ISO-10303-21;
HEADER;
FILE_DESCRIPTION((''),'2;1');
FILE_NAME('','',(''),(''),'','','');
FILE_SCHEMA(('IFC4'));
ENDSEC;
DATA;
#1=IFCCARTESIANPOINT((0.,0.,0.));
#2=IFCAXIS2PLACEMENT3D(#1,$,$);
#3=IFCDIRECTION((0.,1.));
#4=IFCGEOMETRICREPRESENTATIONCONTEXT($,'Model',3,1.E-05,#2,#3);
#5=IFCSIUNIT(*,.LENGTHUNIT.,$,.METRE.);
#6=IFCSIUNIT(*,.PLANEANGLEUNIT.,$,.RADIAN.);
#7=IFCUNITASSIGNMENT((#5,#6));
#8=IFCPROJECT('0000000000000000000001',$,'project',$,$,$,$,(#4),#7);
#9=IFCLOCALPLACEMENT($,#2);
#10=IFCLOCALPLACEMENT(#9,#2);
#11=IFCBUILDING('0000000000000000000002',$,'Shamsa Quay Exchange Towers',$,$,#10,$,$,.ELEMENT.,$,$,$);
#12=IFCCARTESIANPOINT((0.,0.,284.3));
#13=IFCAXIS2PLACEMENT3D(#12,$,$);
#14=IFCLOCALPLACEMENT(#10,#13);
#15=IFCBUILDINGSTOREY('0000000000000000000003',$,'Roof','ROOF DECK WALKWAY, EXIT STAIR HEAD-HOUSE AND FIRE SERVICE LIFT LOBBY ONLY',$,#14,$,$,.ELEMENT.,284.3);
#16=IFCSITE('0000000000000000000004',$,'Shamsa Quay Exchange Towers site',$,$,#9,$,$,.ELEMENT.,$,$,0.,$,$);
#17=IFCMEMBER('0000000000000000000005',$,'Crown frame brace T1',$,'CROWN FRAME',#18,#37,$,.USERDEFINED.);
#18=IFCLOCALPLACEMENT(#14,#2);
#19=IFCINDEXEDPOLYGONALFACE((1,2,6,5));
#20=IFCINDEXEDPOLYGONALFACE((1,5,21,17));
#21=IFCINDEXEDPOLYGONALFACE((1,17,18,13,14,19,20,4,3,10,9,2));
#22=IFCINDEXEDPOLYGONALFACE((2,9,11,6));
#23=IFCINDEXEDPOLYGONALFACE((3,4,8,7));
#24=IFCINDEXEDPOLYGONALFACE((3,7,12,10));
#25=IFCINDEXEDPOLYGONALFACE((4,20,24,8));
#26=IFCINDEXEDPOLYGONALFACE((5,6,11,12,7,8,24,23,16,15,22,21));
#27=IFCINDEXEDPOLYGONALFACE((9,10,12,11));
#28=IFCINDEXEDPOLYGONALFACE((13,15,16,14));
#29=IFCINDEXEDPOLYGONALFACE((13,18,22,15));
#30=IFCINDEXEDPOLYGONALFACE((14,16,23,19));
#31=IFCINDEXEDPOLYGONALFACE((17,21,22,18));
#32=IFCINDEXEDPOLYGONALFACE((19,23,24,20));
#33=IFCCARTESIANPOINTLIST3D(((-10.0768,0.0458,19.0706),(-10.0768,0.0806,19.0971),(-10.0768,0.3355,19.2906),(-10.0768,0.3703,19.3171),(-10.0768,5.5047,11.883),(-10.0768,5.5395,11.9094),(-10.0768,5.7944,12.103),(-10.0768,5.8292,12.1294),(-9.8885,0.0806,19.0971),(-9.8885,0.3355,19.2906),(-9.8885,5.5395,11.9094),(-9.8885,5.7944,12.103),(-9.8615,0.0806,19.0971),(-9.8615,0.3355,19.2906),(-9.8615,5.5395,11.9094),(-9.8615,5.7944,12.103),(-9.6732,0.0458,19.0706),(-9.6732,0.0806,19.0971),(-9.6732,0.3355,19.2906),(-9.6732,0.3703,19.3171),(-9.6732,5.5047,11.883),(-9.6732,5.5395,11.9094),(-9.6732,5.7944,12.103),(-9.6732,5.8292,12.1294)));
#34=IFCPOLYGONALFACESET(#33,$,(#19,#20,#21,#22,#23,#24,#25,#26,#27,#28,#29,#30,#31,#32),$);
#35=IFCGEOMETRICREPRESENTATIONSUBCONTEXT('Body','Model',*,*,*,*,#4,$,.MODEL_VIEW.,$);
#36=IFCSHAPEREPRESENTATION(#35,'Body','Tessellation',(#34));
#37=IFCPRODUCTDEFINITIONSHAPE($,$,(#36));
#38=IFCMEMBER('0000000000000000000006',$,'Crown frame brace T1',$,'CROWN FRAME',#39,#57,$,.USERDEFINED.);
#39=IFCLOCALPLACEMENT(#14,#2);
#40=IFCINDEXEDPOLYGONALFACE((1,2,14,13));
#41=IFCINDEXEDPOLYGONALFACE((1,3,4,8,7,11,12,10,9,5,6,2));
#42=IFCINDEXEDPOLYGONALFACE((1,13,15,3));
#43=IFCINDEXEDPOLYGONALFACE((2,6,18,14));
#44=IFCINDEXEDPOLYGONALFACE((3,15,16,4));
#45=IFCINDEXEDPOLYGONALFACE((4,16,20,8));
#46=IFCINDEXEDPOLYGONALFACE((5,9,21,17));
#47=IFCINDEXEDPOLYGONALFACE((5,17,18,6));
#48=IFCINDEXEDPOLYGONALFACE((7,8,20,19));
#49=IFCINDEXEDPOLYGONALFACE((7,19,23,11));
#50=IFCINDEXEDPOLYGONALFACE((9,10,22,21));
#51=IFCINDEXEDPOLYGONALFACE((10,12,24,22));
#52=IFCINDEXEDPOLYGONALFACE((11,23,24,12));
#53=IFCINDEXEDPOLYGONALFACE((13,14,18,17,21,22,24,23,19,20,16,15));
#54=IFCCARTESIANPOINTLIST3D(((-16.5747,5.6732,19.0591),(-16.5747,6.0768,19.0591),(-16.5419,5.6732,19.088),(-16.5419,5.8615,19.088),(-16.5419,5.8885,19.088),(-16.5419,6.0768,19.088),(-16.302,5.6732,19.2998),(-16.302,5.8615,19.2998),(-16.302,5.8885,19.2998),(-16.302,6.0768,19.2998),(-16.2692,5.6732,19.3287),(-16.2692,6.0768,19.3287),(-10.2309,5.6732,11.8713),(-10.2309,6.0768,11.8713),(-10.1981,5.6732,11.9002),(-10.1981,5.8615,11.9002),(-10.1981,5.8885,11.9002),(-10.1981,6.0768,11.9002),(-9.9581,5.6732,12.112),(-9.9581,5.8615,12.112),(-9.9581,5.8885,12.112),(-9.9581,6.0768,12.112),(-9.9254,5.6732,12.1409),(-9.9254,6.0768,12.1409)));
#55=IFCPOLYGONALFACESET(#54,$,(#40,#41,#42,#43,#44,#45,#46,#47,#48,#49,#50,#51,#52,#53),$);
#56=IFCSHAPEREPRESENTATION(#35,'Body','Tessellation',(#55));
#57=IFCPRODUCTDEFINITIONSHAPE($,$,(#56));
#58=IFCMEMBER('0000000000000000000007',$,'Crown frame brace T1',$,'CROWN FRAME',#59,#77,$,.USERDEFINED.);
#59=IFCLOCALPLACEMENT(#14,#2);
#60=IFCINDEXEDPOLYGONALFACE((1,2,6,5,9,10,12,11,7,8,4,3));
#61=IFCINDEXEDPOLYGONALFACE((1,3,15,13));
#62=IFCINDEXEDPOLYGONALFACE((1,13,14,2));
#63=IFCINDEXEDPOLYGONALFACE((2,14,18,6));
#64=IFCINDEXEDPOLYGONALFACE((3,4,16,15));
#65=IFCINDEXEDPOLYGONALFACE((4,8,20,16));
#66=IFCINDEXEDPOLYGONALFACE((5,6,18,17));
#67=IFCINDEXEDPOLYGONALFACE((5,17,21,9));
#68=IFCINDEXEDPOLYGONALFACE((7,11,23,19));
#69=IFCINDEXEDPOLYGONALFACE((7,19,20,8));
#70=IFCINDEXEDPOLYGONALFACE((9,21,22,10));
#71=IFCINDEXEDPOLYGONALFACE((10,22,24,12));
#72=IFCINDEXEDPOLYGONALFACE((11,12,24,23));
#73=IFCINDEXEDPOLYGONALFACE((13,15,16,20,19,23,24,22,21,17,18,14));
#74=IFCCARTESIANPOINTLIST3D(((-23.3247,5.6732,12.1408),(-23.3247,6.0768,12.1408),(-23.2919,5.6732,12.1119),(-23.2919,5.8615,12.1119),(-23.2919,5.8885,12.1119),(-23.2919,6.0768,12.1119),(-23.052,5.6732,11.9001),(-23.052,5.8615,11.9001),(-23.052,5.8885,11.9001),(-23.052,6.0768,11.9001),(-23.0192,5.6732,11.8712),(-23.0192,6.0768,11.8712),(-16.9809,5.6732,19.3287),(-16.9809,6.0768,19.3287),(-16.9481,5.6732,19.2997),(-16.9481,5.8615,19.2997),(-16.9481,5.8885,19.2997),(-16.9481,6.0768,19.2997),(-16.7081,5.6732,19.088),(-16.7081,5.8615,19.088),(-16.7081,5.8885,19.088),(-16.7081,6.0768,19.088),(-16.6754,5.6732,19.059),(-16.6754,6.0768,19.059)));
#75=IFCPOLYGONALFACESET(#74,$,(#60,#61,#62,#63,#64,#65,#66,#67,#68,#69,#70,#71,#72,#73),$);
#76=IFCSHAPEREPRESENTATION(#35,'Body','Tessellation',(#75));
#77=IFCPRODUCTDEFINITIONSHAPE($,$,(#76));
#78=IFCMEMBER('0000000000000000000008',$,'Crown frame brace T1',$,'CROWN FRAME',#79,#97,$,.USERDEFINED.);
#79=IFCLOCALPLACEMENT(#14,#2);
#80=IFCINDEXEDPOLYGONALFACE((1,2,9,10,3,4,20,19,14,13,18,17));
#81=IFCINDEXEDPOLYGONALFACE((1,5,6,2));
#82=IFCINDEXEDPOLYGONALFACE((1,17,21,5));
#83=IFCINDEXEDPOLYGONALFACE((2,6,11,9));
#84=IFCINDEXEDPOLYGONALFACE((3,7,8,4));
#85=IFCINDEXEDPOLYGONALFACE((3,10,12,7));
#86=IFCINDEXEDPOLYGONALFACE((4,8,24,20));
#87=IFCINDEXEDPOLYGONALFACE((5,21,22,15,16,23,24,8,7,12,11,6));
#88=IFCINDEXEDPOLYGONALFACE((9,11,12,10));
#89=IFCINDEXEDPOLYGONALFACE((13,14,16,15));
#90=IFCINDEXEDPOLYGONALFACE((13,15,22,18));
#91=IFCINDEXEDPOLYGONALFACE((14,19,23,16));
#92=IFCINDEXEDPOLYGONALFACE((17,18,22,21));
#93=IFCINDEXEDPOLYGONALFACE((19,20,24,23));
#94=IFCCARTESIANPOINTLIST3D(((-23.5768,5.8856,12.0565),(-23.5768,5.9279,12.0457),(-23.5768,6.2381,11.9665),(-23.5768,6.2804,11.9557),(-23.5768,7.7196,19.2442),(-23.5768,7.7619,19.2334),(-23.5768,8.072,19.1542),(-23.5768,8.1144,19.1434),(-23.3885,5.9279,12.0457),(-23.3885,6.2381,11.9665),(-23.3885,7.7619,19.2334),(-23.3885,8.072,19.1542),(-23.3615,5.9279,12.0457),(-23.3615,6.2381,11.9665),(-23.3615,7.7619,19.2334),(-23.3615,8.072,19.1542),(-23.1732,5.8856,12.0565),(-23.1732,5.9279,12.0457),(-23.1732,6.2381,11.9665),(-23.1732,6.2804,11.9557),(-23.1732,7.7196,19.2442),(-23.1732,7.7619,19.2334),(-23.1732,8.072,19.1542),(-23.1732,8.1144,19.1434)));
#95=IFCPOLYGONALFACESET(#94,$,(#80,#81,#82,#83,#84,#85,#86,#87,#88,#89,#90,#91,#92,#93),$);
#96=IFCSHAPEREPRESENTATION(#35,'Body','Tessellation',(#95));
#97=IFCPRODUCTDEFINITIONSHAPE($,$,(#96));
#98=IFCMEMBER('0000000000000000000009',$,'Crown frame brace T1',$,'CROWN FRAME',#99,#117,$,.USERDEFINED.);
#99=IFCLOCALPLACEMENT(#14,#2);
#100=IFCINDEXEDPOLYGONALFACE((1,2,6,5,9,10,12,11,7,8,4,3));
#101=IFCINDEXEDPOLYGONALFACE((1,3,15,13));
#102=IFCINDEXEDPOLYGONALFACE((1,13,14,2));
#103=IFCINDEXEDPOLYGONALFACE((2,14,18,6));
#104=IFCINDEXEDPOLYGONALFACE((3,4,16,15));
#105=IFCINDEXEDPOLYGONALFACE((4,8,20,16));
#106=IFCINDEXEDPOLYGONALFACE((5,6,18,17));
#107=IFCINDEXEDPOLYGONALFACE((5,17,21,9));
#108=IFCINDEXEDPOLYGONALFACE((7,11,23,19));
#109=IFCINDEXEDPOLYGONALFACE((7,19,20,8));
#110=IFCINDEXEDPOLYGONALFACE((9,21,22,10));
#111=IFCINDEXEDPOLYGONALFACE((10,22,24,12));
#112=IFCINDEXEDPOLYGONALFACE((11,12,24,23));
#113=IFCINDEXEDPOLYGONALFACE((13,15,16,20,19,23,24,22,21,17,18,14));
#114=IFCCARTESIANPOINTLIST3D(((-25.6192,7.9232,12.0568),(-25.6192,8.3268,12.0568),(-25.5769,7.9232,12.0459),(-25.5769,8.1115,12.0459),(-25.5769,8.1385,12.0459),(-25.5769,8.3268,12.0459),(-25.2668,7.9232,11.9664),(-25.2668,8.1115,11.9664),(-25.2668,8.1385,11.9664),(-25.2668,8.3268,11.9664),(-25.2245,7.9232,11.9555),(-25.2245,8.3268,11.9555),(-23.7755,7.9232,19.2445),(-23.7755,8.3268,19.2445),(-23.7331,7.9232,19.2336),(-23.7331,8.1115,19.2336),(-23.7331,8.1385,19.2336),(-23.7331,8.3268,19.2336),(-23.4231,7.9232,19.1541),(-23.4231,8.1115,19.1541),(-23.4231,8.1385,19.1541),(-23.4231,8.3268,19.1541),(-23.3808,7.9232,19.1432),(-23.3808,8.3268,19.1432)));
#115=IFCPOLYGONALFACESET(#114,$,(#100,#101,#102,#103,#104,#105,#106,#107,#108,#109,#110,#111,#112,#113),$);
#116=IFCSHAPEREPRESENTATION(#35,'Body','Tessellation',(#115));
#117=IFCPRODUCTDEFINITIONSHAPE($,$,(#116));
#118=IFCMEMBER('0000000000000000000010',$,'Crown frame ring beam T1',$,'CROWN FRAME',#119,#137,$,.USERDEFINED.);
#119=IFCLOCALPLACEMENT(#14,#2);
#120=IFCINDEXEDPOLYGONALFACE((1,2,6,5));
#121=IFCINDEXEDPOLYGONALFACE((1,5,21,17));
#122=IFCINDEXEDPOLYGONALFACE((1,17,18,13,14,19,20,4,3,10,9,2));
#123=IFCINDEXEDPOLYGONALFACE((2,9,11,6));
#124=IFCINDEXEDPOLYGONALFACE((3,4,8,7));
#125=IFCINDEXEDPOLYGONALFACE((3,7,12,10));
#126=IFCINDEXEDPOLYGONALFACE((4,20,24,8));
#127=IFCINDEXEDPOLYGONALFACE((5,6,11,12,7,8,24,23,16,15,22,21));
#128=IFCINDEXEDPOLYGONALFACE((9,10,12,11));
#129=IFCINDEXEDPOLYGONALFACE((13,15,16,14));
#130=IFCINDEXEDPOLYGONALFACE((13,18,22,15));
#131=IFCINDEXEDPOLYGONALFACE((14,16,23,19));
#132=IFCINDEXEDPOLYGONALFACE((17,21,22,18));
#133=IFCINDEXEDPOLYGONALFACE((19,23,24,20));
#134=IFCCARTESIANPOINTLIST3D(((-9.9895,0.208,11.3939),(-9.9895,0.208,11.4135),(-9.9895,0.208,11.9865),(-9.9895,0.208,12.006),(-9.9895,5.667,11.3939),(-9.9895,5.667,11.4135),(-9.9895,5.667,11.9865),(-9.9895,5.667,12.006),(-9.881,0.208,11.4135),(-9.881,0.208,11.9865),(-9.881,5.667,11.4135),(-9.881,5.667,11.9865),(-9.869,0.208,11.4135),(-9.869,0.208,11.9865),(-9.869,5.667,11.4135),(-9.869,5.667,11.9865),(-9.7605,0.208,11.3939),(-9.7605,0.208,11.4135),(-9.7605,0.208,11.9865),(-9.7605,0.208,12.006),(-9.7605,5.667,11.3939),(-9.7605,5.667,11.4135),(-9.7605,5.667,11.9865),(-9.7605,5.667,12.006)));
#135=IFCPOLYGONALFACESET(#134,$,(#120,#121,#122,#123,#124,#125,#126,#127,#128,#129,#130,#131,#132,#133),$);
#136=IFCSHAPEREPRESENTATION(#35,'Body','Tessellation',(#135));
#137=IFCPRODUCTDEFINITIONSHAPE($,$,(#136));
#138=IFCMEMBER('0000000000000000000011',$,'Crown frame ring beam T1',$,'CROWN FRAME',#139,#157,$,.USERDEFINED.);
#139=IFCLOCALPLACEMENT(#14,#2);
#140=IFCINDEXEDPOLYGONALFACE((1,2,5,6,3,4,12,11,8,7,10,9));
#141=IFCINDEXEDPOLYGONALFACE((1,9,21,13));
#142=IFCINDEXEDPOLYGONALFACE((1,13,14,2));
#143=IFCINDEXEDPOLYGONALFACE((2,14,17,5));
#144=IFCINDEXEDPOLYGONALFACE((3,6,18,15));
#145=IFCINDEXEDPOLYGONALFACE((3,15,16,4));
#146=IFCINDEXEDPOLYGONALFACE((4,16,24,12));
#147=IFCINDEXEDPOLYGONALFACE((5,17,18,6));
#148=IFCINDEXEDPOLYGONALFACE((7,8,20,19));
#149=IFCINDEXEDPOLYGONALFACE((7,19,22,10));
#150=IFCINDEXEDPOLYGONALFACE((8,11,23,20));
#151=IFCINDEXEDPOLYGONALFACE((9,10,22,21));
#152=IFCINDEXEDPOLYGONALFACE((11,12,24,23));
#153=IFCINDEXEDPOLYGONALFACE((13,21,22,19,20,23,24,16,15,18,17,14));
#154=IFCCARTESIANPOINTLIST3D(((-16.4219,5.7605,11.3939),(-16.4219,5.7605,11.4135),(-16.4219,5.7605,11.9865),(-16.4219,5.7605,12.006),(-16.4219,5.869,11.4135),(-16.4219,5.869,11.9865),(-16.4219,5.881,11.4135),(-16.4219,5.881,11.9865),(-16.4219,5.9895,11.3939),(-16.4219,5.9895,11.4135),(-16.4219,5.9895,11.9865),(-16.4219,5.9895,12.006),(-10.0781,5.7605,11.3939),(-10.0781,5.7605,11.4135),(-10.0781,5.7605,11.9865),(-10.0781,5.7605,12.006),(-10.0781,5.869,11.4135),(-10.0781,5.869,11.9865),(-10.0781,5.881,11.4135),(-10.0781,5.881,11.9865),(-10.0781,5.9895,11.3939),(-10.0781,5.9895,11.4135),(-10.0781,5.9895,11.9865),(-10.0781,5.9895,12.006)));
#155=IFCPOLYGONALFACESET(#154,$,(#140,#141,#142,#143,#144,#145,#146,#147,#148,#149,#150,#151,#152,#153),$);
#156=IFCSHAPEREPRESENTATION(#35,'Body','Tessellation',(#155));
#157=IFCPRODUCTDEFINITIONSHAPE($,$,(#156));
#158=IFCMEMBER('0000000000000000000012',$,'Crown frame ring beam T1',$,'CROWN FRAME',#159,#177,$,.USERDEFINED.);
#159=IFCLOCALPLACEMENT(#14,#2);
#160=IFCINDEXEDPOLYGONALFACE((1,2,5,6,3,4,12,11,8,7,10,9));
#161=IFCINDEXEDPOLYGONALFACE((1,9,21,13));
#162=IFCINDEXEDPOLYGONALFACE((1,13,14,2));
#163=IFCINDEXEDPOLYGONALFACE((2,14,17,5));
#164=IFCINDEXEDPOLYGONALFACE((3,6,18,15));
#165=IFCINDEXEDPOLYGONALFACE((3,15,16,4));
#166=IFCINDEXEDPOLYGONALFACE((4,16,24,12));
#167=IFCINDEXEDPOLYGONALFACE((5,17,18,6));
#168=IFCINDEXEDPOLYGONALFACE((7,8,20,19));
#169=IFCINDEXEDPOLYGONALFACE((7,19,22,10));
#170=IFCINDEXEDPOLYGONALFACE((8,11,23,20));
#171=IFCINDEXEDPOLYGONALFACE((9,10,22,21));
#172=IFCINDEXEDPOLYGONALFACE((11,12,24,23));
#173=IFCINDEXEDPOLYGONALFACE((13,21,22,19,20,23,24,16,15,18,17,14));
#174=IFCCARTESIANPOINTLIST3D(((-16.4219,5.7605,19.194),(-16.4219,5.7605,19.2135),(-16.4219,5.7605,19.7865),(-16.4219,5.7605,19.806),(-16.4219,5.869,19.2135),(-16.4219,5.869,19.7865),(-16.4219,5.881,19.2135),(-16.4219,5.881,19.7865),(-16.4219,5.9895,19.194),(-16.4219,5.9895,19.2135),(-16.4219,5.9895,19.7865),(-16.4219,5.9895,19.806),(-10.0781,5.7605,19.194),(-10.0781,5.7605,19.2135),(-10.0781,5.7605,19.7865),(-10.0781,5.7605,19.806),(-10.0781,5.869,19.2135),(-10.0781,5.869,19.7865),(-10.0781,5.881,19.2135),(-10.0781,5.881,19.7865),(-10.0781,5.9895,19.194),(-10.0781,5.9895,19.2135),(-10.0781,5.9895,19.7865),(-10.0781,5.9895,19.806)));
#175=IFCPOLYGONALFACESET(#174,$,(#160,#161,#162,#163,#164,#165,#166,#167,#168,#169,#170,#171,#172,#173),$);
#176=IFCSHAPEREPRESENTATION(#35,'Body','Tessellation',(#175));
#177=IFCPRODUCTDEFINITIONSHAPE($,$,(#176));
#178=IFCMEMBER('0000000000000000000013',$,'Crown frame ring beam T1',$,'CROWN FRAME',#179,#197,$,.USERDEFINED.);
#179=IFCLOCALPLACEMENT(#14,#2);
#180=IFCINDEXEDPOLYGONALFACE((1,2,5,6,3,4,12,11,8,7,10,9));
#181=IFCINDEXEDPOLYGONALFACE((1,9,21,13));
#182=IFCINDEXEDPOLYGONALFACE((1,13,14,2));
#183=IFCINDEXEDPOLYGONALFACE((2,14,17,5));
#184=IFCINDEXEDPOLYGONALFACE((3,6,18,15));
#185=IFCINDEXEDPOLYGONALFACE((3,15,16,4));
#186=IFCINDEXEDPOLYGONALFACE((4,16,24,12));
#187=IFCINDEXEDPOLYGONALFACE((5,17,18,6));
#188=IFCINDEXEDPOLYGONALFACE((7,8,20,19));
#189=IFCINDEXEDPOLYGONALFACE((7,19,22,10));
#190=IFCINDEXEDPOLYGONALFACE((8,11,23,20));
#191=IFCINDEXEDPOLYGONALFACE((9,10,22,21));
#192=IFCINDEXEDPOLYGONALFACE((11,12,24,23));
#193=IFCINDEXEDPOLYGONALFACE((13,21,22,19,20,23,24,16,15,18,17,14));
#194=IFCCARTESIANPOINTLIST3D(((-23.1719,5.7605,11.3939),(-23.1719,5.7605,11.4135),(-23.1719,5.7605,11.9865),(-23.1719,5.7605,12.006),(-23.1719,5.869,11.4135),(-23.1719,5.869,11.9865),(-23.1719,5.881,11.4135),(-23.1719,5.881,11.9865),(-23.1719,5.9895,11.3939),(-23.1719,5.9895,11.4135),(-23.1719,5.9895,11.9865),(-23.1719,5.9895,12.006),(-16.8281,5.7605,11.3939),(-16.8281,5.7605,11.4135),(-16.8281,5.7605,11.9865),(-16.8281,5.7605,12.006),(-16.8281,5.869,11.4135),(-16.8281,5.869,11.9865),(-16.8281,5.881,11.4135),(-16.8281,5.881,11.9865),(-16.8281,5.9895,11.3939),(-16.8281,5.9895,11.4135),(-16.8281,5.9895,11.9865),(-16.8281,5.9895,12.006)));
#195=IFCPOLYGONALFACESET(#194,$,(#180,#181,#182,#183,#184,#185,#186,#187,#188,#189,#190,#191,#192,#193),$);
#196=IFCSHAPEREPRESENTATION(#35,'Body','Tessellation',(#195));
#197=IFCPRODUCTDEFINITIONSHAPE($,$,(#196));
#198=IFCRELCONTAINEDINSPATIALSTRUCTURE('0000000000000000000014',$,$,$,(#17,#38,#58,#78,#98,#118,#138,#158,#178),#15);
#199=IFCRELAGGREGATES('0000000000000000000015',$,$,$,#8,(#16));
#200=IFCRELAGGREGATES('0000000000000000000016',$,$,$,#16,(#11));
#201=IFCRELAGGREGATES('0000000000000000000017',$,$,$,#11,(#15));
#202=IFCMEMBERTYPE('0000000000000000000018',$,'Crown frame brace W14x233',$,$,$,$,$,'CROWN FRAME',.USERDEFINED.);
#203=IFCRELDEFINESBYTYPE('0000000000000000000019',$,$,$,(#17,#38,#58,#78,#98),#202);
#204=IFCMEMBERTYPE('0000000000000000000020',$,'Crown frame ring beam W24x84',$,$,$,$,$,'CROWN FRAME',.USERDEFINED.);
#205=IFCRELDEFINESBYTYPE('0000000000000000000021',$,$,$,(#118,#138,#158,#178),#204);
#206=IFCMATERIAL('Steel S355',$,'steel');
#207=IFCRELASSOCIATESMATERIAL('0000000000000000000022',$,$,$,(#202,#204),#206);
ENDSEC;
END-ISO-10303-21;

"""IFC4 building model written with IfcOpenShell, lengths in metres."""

from ifc_helpers import new_model, si_unit, direction, frame, origin, origin_2d, place, context, subcontext, project, spatial, i_section, extrude, material, material_profile, profile_set, type_object, element, save


model = new_model("IFC4")

# Units and contexts
model_context = context("Model", 3, precision=1e-05, world=origin(), true_north=direction((0.0, 1.0)))
body_context = subcontext(model_context, "Body", "Model", "MODEL_VIEW")
ifc_project = project(units=[si_unit("LENGTHUNIT", "METRE"), si_unit("PLANEANGLEUNIT", "RADIAN")], contexts=[model_context])

# Site, building, storey
site_placement = place(None, origin())
site = spatial("IfcSite", under=ifc_project, at=site_placement, Name="Shamsa Quay Exchange Towers site", CompositionType="ELEMENT", RefElevation=0.0)
building_placement = place(site_placement, origin())
building = spatial("IfcBuilding", under=site, at=building_placement, Name="Shamsa Quay Exchange Towers", CompositionType="ELEMENT")
storey_placement = place(building_placement, frame((0.0, 0.0, 284.3)))
storey = spatial("IfcBuildingStorey", under=building, at=storey_placement, Name="Roof", Description="ROOF DECK WALKWAY, EXIT STAIR HEAD-HOUSE AND FIRE SERVICE LIFT LOBBY ONLY", CompositionType="ELEMENT", Elevation=284.3)

# Members
ifc_material_1 = material(Name="Steel S355", Category="steel")
ifc_material_profile_1 = material_profile(ifc_material_1, i_section(OverallWidth=0.4036, OverallDepth=0.4075, WebThickness=0.0271, FlangeThickness=0.0437, at=origin_2d()), Name="W14x233")
ifc_profile_set_1 = profile_set([ifc_material_profile_1], Name="Steel S355")
member_type_1 = type_object("IfcMemberType", Name="Crown frame brace W14x233", ElementType="CROWN FRAME", PredefinedType="USERDEFINED", material=ifc_profile_set_1)
member_1_placement = place(storey_placement, frame((-9.875, 0.208, 19.1938), z_axis=(0.0, 0.604823, -0.79636), x_axis=(-1.0, 0.0, 0.0)))
element("IfcMember", 1, at=member_1_placement, inside=storey, type_object=member_type_1, Name="Crown frame brace T1", ObjectType="CROWN FRAME", PredefinedType="USERDEFINED", context=body_context, shape_type="SweptSolid", body=[
    extrude(i_section(OverallWidth=0.4036, OverallDepth=0.4075, WebThickness=0.0271, FlangeThickness=0.0437, at=origin_2d()), origin(), (0.0, 0.0, 1.0), 9.0256),
])
for number, where, z_axis, x_axis, name in (
    (2, (-10.0781, 5.875, 12.0061), (-0.661717, 0.0, 0.749754), (0.0, -1.0, 0.0), "Crown frame brace T1"),
    (3, (-16.8281, 5.875, 19.1938), (-0.661717, 0.0, -0.749754), (0.0, -1.0, 0.0), "Crown frame brace T1"),
):
    element("IfcMember", number, at=place(storey_placement, frame(where, z_axis=z_axis, x_axis=x_axis)), inside=storey, type_object=member_type_1, Name=name, ObjectType="CROWN FRAME", PredefinedType="USERDEFINED", context=body_context, shape_type="SweptSolid", body=[
        extrude(i_section(OverallWidth=0.4036, OverallDepth=0.4075, WebThickness=0.0271, FlangeThickness=0.0437, at=origin_2d()), origin(), (0.0, 0.0, 1.0), 9.5869),
    ])
member_2_placement = place(storey_placement, frame((-23.375, 6.083, 12.0061), z_axis=(0.0, 0.247233, 0.968956), x_axis=(-1.0, 0.0, 0.0)))
element("IfcMember", 4, at=member_2_placement, inside=storey, type_object=member_type_1, Name="Crown frame brace T1", ObjectType="CROWN FRAME", PredefinedType="USERDEFINED", context=body_context, shape_type="SweptSolid", body=[
    extrude(i_section(OverallWidth=0.4036, OverallDepth=0.4075, WebThickness=0.0271, FlangeThickness=0.0437, at=origin_2d()), origin(), (0.0, 0.0, 1.0), 7.418),
])
member_3_placement = place(storey_placement, frame((-23.5781, 8.125, 19.1938), z_axis=(-0.248469, 0.0, -0.96864), x_axis=(0.0, -1.0, 0.0)))
element("IfcMember", 5, at=member_3_placement, inside=storey, type_object=member_type_1, Name="Crown frame brace T1", ObjectType="CROWN FRAME", PredefinedType="USERDEFINED", context=body_context, shape_type="SweptSolid", body=[
    extrude(i_section(OverallWidth=0.4036, OverallDepth=0.4075, WebThickness=0.0271, FlangeThickness=0.0437, at=origin_2d()), origin(), (0.0, 0.0, 1.0), 7.4204),
])
ifc_material_profile_2 = material_profile(ifc_material_1, i_section(OverallWidth=0.229, OverallDepth=0.6121, WebThickness=0.012, FlangeThickness=0.0195, at=origin_2d()), Name="W24x84")
ifc_profile_set_2 = profile_set([ifc_material_profile_2], Name="Steel S355")
member_type_2 = type_object("IfcMemberType", Name="Crown frame ring beam W24x84", ElementType="CROWN FRAME", PredefinedType="USERDEFINED", material=ifc_profile_set_2)
member_4_placement = place(storey_placement, frame((-9.875, 0.208, 11.7), z_axis=(0.0, 1.0, 0.0), x_axis=(-1.0, 0.0, 0.0)))
element("IfcMember", 6, at=member_4_placement, inside=storey, type_object=member_type_2, Name="Crown frame ring beam T1", ObjectType="CROWN FRAME", PredefinedType="USERDEFINED", context=body_context, shape_type="SweptSolid", body=[
    extrude(i_section(OverallWidth=0.229, OverallDepth=0.6121, WebThickness=0.012, FlangeThickness=0.0195, at=origin_2d()), origin(), (0.0, 0.0, 1.0), 5.459),
])
for number, where, z_axis, x_axis, name in (
    (7, (-10.0781, 5.875, 11.7), (-1.0, 0.0, 0.0), (0.0, -1.0, 0.0), "Crown frame ring beam T1"),
    (8, (-10.0781, 5.875, 19.5), (-1.0, 0.0, 0.0), (0.0, -1.0, 0.0), "Crown frame ring beam T1"),
    (9, (-16.8281, 5.875, 11.7), (-1.0, 0.0, 0.0), (0.0, -1.0, 0.0), "Crown frame ring beam T1"),
):
    element("IfcMember", number, at=place(storey_placement, frame(where, z_axis=z_axis, x_axis=x_axis)), inside=storey, type_object=member_type_2, Name=name, ObjectType="CROWN FRAME", PredefinedType="USERDEFINED", context=body_context, shape_type="SweptSolid", body=[
        extrude(i_section(OverallWidth=0.229, OverallDepth=0.6121, WebThickness=0.012, FlangeThickness=0.0195, at=origin_2d()), origin(), (0.0, 0.0, 1.0), 6.3438),
    ])

save(model, "model.ifc")
